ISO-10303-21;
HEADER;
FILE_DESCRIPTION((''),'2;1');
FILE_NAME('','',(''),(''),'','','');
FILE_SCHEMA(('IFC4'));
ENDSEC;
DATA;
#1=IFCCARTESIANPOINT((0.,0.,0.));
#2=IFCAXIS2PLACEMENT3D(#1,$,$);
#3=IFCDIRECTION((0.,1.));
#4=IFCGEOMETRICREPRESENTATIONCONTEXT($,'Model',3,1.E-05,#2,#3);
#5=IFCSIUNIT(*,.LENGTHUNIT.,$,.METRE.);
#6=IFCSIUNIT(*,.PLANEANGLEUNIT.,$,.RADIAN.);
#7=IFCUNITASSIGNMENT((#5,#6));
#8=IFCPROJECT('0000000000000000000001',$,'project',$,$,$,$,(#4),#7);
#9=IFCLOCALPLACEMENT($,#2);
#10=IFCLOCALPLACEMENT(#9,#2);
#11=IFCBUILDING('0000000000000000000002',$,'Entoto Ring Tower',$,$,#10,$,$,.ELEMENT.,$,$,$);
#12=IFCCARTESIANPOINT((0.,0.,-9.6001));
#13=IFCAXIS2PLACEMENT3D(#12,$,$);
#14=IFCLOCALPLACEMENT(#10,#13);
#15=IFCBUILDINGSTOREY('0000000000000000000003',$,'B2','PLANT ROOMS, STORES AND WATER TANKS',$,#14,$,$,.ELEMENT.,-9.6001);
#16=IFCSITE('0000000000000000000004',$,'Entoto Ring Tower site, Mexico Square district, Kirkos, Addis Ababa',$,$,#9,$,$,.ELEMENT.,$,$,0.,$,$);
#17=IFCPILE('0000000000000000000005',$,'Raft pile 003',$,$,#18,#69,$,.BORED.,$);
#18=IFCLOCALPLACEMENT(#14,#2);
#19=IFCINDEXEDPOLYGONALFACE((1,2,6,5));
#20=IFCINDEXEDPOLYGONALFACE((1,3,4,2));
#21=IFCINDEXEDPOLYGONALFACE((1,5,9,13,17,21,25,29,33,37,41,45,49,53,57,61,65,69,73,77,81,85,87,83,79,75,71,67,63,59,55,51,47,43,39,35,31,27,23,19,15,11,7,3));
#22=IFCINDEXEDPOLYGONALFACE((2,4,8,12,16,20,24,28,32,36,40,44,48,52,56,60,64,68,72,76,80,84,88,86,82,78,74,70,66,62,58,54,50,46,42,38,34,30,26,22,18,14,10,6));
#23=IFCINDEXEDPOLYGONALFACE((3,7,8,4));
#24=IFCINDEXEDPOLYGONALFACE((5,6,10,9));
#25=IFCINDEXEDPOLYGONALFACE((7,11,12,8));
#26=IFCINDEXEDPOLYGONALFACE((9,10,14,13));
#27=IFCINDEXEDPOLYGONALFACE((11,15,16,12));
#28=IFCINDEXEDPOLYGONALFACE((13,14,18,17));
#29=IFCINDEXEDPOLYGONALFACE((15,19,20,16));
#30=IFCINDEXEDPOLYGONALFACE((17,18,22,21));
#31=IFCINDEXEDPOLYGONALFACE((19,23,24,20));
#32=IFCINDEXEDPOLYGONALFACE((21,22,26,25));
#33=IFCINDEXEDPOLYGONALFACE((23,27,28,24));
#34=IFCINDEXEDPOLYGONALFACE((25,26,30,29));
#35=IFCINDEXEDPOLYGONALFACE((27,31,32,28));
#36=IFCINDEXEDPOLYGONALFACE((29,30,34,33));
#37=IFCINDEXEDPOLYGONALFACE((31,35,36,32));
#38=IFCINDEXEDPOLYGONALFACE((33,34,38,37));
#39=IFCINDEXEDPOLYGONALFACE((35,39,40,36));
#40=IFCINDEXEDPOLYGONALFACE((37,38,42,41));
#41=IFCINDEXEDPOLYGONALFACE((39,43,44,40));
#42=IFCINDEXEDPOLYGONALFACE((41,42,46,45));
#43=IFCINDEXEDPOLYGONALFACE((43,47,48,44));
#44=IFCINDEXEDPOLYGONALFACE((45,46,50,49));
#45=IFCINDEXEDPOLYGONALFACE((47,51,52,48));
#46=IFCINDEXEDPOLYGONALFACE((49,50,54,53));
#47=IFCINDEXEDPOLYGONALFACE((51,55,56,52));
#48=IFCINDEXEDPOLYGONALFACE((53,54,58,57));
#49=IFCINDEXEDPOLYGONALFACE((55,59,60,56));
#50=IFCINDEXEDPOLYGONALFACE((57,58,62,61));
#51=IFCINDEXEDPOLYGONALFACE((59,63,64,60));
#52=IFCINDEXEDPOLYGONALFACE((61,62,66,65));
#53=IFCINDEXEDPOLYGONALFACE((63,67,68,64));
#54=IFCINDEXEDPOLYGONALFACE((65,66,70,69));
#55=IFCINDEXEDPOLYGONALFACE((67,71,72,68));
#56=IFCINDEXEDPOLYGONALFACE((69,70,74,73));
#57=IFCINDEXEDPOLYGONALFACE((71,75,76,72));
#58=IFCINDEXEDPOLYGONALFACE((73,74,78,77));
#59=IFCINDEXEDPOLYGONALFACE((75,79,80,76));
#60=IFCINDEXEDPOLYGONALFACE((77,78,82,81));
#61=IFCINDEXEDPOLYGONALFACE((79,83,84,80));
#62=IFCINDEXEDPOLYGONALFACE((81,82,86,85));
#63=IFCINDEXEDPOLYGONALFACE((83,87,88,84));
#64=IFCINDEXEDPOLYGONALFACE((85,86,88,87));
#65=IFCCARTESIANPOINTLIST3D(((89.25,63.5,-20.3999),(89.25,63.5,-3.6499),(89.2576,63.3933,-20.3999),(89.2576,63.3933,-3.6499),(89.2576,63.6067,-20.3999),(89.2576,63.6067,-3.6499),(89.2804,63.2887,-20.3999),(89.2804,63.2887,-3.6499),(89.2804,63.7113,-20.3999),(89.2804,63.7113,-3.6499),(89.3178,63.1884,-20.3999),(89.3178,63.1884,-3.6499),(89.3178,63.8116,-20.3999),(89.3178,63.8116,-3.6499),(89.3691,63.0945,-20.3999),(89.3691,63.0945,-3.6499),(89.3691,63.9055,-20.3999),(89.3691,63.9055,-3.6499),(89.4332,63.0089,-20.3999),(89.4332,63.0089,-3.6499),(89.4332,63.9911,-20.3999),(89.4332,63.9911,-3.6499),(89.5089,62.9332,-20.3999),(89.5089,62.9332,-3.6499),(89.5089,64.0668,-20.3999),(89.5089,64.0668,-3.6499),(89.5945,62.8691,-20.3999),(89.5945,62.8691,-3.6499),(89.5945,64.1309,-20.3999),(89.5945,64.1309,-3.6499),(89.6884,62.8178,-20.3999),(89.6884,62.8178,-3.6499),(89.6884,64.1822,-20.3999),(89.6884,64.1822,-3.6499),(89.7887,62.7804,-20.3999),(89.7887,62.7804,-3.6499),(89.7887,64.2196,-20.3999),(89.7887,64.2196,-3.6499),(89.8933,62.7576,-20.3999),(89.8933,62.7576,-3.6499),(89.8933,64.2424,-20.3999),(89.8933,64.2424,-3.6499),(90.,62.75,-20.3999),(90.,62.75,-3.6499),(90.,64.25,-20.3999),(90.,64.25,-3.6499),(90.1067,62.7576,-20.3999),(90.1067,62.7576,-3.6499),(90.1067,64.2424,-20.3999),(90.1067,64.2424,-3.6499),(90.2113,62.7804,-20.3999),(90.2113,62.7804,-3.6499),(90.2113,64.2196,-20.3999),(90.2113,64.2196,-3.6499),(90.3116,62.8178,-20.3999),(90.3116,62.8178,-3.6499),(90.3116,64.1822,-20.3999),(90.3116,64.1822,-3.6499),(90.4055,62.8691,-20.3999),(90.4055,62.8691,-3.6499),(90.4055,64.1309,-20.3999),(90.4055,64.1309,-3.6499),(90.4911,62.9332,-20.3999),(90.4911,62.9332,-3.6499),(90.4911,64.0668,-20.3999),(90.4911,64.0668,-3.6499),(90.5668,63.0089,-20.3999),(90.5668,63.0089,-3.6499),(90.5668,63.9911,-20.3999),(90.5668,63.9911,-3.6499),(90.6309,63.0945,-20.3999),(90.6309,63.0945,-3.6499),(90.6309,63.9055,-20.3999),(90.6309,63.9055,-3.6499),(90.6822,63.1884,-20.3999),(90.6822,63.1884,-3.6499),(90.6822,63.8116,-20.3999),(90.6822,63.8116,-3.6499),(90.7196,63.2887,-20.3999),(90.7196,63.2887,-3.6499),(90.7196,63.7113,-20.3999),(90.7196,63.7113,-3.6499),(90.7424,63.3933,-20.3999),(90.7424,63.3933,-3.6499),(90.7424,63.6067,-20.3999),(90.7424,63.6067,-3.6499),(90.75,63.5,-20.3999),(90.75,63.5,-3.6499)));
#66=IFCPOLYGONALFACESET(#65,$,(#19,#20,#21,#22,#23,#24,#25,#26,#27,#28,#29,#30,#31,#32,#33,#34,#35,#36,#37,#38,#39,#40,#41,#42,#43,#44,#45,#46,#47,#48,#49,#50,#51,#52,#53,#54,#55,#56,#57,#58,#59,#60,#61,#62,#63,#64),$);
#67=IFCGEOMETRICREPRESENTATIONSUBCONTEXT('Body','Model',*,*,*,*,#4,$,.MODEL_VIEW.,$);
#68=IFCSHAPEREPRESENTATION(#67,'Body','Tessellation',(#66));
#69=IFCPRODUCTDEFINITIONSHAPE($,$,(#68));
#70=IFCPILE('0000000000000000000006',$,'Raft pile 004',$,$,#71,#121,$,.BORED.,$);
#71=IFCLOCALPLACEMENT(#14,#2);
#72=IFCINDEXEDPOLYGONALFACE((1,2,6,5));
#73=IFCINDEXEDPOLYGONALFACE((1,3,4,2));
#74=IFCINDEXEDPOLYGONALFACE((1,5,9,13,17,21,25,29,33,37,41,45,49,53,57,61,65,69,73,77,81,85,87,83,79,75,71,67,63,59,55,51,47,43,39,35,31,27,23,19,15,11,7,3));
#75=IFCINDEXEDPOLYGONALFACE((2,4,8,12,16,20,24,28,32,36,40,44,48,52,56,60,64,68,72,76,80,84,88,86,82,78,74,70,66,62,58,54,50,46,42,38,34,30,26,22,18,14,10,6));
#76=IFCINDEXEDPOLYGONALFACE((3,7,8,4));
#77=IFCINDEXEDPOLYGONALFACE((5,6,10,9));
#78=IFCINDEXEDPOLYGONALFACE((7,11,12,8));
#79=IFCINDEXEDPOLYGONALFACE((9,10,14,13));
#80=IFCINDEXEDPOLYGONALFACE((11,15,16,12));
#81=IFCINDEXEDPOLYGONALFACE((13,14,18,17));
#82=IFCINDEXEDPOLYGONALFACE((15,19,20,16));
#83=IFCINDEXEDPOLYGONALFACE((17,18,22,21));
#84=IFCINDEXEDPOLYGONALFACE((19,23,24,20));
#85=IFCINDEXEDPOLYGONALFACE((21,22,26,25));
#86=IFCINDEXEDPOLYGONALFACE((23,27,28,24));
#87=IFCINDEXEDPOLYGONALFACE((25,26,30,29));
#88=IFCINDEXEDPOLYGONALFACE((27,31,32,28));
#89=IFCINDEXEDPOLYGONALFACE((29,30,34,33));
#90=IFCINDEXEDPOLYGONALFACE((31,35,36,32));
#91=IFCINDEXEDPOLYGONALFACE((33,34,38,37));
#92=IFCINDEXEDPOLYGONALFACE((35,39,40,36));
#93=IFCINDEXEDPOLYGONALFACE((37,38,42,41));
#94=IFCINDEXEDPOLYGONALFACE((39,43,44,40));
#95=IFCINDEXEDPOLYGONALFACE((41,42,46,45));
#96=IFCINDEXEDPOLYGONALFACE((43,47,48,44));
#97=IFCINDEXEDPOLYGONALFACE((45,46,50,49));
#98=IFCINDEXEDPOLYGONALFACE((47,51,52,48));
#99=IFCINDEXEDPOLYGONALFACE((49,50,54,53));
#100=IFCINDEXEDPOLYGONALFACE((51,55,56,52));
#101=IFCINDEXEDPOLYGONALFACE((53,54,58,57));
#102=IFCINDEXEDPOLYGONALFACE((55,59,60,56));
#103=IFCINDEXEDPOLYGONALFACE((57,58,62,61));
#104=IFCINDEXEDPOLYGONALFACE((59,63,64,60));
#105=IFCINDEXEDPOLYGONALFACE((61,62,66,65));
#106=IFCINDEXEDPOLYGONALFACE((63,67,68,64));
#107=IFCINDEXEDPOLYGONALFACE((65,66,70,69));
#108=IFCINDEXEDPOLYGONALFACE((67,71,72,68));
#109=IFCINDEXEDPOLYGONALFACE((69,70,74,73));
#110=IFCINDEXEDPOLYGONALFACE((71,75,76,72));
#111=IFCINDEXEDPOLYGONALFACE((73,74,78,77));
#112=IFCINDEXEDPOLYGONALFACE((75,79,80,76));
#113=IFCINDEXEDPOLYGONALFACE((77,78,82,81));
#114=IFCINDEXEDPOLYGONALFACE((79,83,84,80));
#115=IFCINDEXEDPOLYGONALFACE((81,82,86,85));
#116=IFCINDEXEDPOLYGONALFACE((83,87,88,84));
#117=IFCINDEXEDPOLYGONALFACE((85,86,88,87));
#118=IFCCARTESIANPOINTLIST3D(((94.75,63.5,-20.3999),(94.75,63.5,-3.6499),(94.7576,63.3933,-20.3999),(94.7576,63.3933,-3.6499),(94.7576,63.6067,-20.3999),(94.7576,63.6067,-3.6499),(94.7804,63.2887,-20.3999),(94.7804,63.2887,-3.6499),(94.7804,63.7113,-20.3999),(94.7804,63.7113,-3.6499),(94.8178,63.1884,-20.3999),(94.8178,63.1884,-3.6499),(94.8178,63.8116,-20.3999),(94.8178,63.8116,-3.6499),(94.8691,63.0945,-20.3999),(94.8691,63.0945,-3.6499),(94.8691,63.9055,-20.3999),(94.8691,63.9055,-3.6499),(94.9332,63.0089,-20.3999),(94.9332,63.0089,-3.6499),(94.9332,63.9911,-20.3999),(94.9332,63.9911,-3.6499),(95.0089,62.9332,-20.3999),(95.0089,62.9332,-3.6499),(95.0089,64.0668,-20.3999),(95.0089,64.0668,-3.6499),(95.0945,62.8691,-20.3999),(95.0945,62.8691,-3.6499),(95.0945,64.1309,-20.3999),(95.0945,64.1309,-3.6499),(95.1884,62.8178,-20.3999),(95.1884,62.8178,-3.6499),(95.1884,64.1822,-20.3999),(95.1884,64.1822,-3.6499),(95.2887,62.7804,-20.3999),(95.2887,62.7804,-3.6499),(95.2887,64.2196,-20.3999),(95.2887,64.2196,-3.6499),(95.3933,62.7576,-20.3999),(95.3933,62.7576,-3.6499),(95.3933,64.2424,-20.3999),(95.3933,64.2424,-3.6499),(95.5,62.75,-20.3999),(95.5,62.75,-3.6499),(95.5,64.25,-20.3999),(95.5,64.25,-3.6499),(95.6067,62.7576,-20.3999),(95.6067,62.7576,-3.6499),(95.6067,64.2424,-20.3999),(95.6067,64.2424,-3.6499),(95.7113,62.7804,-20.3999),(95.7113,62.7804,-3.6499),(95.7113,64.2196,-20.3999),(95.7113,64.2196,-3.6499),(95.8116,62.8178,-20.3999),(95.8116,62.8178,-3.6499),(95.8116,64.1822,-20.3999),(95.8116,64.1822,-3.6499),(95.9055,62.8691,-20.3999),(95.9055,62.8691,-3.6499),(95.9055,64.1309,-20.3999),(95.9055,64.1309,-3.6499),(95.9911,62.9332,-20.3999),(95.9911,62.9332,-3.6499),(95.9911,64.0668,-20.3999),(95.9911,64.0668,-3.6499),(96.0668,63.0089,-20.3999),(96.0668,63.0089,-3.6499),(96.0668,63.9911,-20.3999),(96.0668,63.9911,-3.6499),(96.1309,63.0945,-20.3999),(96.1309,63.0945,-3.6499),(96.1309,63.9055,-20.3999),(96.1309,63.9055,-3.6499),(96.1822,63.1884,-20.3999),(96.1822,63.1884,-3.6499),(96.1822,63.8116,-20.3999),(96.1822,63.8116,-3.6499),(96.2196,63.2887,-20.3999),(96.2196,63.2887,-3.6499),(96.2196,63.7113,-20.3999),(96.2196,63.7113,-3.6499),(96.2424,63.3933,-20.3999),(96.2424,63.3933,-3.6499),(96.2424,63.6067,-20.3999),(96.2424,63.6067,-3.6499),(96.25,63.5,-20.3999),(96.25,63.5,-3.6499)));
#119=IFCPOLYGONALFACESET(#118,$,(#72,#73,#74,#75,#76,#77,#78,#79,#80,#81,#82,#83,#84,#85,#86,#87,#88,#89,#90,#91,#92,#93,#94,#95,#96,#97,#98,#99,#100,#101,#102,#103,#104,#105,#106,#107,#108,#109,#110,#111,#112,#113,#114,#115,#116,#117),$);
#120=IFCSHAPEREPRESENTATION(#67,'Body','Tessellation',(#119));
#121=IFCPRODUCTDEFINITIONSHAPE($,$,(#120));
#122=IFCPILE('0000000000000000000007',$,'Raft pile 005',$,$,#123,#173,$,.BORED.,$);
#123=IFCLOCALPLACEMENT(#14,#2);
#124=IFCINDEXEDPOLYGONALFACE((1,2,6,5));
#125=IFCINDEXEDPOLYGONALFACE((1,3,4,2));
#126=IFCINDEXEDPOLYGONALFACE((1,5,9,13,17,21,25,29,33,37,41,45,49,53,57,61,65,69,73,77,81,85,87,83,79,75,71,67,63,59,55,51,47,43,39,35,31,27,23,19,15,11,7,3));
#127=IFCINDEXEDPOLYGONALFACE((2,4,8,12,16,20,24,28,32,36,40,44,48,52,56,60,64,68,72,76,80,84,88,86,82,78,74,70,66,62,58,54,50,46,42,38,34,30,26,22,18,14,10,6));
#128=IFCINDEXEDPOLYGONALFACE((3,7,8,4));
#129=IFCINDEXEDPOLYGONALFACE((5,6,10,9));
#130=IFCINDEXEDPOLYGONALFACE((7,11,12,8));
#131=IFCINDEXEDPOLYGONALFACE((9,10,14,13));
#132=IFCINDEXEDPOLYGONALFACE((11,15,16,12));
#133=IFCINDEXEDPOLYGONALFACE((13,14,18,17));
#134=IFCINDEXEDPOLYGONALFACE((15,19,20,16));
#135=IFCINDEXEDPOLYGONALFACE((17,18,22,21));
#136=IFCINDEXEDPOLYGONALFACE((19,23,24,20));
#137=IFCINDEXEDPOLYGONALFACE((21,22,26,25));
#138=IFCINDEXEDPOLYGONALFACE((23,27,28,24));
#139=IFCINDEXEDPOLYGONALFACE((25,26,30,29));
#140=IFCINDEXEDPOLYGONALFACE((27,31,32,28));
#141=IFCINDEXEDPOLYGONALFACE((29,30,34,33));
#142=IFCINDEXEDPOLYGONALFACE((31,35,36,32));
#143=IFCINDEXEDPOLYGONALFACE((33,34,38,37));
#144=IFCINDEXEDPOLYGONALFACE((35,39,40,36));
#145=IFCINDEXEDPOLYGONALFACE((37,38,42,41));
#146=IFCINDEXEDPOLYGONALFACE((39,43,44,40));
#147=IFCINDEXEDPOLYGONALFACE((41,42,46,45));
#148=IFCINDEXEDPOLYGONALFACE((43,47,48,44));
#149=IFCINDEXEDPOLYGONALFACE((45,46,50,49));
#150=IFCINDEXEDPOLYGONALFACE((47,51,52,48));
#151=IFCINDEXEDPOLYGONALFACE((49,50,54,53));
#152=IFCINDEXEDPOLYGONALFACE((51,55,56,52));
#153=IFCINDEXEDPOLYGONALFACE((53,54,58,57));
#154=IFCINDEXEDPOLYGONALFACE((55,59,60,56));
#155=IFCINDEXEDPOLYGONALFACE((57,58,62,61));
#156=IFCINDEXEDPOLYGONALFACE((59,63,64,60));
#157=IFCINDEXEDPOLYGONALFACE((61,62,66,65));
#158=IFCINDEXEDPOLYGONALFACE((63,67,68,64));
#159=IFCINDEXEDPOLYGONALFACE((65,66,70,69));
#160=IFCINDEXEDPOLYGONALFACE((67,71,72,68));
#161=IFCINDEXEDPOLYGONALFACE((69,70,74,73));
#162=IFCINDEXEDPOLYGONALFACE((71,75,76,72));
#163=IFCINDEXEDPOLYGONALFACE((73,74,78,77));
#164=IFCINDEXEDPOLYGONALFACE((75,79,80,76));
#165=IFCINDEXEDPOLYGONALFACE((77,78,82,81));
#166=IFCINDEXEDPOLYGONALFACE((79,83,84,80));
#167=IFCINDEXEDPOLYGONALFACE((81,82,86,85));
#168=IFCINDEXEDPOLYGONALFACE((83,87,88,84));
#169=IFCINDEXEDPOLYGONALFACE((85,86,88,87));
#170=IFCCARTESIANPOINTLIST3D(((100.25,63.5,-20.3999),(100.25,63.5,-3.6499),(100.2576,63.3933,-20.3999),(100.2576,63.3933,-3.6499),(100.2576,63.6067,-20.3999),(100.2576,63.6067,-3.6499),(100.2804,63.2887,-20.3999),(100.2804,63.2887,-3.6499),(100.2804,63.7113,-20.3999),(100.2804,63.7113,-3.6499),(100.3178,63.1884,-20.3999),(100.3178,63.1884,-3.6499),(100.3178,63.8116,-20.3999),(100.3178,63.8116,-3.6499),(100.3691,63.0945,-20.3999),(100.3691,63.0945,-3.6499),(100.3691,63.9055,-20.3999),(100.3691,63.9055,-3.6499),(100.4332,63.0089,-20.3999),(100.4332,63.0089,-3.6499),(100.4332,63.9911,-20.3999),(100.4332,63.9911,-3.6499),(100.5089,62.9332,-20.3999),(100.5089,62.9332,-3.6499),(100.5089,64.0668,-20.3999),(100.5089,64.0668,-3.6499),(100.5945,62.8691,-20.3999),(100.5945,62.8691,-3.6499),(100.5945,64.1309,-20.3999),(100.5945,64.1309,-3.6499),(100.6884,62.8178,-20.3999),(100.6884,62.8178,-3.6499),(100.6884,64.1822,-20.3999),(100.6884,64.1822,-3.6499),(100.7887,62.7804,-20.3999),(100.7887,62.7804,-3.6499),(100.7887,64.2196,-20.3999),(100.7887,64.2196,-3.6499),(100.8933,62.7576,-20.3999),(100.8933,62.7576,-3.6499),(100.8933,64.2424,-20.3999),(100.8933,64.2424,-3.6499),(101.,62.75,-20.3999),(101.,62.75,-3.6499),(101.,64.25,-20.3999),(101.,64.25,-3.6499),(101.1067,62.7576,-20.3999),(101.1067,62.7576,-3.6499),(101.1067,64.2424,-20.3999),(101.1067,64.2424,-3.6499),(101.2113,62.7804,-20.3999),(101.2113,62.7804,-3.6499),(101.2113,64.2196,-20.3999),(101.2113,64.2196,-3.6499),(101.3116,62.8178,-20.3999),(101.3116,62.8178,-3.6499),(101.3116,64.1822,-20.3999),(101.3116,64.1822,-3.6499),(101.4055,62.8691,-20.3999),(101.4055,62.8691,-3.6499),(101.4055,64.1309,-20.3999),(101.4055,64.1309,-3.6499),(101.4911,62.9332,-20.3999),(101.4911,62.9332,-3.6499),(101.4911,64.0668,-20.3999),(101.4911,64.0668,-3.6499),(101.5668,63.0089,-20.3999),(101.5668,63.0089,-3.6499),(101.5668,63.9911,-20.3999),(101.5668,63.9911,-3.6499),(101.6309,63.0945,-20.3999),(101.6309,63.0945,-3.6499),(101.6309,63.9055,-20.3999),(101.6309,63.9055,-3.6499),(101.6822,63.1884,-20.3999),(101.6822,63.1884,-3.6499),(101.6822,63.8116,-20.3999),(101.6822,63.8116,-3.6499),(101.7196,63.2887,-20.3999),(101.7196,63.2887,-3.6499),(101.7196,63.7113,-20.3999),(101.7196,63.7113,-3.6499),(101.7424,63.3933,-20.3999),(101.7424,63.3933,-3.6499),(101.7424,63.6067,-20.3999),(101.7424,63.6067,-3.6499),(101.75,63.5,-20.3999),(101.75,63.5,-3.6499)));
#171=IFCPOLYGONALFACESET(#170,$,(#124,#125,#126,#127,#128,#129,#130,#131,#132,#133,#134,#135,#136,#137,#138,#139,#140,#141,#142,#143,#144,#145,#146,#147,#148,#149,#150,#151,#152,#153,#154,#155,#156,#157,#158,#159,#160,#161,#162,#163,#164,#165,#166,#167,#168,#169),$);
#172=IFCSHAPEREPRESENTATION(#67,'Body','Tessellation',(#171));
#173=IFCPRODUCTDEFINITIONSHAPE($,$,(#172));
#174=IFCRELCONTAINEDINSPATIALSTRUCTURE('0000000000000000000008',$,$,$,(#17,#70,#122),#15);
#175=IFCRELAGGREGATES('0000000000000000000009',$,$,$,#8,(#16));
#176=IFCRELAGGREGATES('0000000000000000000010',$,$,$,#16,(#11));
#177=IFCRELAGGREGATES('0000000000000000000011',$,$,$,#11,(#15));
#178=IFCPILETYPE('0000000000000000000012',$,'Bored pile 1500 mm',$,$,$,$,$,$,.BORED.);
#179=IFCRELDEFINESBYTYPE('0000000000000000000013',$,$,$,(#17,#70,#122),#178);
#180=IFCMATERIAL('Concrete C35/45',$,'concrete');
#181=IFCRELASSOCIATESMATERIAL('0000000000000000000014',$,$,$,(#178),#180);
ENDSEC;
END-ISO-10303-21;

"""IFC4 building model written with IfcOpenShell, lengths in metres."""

from ifc_helpers import new_model, si_unit, direction, frame, origin, origin_2d, place, context, subcontext, project, spatial, circle, extrude, material, material_profile, profile_set, type_object, element, save


model = new_model("IFC4")

# Units and contexts
model_context = context("Model", 3, precision=1e-05, world=origin(), true_north=direction((0.0, 1.0)))
body_context = subcontext(model_context, "Body", "Model", "MODEL_VIEW")
ifc_project = project(units=[si_unit("LENGTHUNIT", "METRE"), si_unit("PLANEANGLEUNIT", "RADIAN")], contexts=[model_context])

# Site, building, storey
site_placement = place(None, origin())
site = spatial("IfcSite", under=ifc_project, at=site_placement, Name="Entoto Ring Tower site, Mexico Square district, Kirkos, Addis Ababa", CompositionType="ELEMENT", RefElevation=0.0)
building_placement = place(site_placement, origin())
building = spatial("IfcBuilding", under=site, at=building_placement, Name="Entoto Ring Tower", CompositionType="ELEMENT")
storey_placement = place(building_placement, frame((0.0, 0.0, -9.6001)))
storey = spatial("IfcBuildingStorey", under=building, at=storey_placement, Name="B2", Description="PLANT ROOMS, STORES AND WATER TANKS", CompositionType="ELEMENT", Elevation=-9.6001)

# Piles
ifc_material_1 = material(Name="Concrete C35/45", Category="concrete")
ifc_material_profile_1 = material_profile(ifc_material_1, circle(Radius=0.75, at=origin_2d()), Name="Bored pile 1500 mm")
ifc_profile_set_1 = profile_set([ifc_material_profile_1], Name="Concrete C35/45")
pile_type_1 = type_object("IfcPileType", Name="Bored pile 1500 mm", PredefinedType="BORED", material=ifc_profile_set_1)
for number, where, z_axis, x_axis, name in (
    (1, (90.0, 63.5, -3.6499), (0.0, 0.0, -1.0), (1.0, 0.0, 0.0), "Raft pile 003"),
    (2, (95.5, 63.5, -3.6499), (0.0, 0.0, -1.0), (1.0, 0.0, 0.0), "Raft pile 004"),
    (3, (101.0, 63.5, -3.6499), (0.0, 0.0, -1.0), (1.0, 0.0, 0.0), "Raft pile 005"),
):
    element("IfcPile", number, at=place(storey_placement, frame(where, z_axis=z_axis, x_axis=x_axis)), inside=storey, type_object=pile_type_1, Name=name, PredefinedType="BORED", context=body_context, shape_type="SweptSolid", body=[
        extrude(circle(Radius=0.75, at=origin_2d()), origin(), (0.0, 0.0, 1.0), 16.75),
    ])

save(model, "model.ifc")
